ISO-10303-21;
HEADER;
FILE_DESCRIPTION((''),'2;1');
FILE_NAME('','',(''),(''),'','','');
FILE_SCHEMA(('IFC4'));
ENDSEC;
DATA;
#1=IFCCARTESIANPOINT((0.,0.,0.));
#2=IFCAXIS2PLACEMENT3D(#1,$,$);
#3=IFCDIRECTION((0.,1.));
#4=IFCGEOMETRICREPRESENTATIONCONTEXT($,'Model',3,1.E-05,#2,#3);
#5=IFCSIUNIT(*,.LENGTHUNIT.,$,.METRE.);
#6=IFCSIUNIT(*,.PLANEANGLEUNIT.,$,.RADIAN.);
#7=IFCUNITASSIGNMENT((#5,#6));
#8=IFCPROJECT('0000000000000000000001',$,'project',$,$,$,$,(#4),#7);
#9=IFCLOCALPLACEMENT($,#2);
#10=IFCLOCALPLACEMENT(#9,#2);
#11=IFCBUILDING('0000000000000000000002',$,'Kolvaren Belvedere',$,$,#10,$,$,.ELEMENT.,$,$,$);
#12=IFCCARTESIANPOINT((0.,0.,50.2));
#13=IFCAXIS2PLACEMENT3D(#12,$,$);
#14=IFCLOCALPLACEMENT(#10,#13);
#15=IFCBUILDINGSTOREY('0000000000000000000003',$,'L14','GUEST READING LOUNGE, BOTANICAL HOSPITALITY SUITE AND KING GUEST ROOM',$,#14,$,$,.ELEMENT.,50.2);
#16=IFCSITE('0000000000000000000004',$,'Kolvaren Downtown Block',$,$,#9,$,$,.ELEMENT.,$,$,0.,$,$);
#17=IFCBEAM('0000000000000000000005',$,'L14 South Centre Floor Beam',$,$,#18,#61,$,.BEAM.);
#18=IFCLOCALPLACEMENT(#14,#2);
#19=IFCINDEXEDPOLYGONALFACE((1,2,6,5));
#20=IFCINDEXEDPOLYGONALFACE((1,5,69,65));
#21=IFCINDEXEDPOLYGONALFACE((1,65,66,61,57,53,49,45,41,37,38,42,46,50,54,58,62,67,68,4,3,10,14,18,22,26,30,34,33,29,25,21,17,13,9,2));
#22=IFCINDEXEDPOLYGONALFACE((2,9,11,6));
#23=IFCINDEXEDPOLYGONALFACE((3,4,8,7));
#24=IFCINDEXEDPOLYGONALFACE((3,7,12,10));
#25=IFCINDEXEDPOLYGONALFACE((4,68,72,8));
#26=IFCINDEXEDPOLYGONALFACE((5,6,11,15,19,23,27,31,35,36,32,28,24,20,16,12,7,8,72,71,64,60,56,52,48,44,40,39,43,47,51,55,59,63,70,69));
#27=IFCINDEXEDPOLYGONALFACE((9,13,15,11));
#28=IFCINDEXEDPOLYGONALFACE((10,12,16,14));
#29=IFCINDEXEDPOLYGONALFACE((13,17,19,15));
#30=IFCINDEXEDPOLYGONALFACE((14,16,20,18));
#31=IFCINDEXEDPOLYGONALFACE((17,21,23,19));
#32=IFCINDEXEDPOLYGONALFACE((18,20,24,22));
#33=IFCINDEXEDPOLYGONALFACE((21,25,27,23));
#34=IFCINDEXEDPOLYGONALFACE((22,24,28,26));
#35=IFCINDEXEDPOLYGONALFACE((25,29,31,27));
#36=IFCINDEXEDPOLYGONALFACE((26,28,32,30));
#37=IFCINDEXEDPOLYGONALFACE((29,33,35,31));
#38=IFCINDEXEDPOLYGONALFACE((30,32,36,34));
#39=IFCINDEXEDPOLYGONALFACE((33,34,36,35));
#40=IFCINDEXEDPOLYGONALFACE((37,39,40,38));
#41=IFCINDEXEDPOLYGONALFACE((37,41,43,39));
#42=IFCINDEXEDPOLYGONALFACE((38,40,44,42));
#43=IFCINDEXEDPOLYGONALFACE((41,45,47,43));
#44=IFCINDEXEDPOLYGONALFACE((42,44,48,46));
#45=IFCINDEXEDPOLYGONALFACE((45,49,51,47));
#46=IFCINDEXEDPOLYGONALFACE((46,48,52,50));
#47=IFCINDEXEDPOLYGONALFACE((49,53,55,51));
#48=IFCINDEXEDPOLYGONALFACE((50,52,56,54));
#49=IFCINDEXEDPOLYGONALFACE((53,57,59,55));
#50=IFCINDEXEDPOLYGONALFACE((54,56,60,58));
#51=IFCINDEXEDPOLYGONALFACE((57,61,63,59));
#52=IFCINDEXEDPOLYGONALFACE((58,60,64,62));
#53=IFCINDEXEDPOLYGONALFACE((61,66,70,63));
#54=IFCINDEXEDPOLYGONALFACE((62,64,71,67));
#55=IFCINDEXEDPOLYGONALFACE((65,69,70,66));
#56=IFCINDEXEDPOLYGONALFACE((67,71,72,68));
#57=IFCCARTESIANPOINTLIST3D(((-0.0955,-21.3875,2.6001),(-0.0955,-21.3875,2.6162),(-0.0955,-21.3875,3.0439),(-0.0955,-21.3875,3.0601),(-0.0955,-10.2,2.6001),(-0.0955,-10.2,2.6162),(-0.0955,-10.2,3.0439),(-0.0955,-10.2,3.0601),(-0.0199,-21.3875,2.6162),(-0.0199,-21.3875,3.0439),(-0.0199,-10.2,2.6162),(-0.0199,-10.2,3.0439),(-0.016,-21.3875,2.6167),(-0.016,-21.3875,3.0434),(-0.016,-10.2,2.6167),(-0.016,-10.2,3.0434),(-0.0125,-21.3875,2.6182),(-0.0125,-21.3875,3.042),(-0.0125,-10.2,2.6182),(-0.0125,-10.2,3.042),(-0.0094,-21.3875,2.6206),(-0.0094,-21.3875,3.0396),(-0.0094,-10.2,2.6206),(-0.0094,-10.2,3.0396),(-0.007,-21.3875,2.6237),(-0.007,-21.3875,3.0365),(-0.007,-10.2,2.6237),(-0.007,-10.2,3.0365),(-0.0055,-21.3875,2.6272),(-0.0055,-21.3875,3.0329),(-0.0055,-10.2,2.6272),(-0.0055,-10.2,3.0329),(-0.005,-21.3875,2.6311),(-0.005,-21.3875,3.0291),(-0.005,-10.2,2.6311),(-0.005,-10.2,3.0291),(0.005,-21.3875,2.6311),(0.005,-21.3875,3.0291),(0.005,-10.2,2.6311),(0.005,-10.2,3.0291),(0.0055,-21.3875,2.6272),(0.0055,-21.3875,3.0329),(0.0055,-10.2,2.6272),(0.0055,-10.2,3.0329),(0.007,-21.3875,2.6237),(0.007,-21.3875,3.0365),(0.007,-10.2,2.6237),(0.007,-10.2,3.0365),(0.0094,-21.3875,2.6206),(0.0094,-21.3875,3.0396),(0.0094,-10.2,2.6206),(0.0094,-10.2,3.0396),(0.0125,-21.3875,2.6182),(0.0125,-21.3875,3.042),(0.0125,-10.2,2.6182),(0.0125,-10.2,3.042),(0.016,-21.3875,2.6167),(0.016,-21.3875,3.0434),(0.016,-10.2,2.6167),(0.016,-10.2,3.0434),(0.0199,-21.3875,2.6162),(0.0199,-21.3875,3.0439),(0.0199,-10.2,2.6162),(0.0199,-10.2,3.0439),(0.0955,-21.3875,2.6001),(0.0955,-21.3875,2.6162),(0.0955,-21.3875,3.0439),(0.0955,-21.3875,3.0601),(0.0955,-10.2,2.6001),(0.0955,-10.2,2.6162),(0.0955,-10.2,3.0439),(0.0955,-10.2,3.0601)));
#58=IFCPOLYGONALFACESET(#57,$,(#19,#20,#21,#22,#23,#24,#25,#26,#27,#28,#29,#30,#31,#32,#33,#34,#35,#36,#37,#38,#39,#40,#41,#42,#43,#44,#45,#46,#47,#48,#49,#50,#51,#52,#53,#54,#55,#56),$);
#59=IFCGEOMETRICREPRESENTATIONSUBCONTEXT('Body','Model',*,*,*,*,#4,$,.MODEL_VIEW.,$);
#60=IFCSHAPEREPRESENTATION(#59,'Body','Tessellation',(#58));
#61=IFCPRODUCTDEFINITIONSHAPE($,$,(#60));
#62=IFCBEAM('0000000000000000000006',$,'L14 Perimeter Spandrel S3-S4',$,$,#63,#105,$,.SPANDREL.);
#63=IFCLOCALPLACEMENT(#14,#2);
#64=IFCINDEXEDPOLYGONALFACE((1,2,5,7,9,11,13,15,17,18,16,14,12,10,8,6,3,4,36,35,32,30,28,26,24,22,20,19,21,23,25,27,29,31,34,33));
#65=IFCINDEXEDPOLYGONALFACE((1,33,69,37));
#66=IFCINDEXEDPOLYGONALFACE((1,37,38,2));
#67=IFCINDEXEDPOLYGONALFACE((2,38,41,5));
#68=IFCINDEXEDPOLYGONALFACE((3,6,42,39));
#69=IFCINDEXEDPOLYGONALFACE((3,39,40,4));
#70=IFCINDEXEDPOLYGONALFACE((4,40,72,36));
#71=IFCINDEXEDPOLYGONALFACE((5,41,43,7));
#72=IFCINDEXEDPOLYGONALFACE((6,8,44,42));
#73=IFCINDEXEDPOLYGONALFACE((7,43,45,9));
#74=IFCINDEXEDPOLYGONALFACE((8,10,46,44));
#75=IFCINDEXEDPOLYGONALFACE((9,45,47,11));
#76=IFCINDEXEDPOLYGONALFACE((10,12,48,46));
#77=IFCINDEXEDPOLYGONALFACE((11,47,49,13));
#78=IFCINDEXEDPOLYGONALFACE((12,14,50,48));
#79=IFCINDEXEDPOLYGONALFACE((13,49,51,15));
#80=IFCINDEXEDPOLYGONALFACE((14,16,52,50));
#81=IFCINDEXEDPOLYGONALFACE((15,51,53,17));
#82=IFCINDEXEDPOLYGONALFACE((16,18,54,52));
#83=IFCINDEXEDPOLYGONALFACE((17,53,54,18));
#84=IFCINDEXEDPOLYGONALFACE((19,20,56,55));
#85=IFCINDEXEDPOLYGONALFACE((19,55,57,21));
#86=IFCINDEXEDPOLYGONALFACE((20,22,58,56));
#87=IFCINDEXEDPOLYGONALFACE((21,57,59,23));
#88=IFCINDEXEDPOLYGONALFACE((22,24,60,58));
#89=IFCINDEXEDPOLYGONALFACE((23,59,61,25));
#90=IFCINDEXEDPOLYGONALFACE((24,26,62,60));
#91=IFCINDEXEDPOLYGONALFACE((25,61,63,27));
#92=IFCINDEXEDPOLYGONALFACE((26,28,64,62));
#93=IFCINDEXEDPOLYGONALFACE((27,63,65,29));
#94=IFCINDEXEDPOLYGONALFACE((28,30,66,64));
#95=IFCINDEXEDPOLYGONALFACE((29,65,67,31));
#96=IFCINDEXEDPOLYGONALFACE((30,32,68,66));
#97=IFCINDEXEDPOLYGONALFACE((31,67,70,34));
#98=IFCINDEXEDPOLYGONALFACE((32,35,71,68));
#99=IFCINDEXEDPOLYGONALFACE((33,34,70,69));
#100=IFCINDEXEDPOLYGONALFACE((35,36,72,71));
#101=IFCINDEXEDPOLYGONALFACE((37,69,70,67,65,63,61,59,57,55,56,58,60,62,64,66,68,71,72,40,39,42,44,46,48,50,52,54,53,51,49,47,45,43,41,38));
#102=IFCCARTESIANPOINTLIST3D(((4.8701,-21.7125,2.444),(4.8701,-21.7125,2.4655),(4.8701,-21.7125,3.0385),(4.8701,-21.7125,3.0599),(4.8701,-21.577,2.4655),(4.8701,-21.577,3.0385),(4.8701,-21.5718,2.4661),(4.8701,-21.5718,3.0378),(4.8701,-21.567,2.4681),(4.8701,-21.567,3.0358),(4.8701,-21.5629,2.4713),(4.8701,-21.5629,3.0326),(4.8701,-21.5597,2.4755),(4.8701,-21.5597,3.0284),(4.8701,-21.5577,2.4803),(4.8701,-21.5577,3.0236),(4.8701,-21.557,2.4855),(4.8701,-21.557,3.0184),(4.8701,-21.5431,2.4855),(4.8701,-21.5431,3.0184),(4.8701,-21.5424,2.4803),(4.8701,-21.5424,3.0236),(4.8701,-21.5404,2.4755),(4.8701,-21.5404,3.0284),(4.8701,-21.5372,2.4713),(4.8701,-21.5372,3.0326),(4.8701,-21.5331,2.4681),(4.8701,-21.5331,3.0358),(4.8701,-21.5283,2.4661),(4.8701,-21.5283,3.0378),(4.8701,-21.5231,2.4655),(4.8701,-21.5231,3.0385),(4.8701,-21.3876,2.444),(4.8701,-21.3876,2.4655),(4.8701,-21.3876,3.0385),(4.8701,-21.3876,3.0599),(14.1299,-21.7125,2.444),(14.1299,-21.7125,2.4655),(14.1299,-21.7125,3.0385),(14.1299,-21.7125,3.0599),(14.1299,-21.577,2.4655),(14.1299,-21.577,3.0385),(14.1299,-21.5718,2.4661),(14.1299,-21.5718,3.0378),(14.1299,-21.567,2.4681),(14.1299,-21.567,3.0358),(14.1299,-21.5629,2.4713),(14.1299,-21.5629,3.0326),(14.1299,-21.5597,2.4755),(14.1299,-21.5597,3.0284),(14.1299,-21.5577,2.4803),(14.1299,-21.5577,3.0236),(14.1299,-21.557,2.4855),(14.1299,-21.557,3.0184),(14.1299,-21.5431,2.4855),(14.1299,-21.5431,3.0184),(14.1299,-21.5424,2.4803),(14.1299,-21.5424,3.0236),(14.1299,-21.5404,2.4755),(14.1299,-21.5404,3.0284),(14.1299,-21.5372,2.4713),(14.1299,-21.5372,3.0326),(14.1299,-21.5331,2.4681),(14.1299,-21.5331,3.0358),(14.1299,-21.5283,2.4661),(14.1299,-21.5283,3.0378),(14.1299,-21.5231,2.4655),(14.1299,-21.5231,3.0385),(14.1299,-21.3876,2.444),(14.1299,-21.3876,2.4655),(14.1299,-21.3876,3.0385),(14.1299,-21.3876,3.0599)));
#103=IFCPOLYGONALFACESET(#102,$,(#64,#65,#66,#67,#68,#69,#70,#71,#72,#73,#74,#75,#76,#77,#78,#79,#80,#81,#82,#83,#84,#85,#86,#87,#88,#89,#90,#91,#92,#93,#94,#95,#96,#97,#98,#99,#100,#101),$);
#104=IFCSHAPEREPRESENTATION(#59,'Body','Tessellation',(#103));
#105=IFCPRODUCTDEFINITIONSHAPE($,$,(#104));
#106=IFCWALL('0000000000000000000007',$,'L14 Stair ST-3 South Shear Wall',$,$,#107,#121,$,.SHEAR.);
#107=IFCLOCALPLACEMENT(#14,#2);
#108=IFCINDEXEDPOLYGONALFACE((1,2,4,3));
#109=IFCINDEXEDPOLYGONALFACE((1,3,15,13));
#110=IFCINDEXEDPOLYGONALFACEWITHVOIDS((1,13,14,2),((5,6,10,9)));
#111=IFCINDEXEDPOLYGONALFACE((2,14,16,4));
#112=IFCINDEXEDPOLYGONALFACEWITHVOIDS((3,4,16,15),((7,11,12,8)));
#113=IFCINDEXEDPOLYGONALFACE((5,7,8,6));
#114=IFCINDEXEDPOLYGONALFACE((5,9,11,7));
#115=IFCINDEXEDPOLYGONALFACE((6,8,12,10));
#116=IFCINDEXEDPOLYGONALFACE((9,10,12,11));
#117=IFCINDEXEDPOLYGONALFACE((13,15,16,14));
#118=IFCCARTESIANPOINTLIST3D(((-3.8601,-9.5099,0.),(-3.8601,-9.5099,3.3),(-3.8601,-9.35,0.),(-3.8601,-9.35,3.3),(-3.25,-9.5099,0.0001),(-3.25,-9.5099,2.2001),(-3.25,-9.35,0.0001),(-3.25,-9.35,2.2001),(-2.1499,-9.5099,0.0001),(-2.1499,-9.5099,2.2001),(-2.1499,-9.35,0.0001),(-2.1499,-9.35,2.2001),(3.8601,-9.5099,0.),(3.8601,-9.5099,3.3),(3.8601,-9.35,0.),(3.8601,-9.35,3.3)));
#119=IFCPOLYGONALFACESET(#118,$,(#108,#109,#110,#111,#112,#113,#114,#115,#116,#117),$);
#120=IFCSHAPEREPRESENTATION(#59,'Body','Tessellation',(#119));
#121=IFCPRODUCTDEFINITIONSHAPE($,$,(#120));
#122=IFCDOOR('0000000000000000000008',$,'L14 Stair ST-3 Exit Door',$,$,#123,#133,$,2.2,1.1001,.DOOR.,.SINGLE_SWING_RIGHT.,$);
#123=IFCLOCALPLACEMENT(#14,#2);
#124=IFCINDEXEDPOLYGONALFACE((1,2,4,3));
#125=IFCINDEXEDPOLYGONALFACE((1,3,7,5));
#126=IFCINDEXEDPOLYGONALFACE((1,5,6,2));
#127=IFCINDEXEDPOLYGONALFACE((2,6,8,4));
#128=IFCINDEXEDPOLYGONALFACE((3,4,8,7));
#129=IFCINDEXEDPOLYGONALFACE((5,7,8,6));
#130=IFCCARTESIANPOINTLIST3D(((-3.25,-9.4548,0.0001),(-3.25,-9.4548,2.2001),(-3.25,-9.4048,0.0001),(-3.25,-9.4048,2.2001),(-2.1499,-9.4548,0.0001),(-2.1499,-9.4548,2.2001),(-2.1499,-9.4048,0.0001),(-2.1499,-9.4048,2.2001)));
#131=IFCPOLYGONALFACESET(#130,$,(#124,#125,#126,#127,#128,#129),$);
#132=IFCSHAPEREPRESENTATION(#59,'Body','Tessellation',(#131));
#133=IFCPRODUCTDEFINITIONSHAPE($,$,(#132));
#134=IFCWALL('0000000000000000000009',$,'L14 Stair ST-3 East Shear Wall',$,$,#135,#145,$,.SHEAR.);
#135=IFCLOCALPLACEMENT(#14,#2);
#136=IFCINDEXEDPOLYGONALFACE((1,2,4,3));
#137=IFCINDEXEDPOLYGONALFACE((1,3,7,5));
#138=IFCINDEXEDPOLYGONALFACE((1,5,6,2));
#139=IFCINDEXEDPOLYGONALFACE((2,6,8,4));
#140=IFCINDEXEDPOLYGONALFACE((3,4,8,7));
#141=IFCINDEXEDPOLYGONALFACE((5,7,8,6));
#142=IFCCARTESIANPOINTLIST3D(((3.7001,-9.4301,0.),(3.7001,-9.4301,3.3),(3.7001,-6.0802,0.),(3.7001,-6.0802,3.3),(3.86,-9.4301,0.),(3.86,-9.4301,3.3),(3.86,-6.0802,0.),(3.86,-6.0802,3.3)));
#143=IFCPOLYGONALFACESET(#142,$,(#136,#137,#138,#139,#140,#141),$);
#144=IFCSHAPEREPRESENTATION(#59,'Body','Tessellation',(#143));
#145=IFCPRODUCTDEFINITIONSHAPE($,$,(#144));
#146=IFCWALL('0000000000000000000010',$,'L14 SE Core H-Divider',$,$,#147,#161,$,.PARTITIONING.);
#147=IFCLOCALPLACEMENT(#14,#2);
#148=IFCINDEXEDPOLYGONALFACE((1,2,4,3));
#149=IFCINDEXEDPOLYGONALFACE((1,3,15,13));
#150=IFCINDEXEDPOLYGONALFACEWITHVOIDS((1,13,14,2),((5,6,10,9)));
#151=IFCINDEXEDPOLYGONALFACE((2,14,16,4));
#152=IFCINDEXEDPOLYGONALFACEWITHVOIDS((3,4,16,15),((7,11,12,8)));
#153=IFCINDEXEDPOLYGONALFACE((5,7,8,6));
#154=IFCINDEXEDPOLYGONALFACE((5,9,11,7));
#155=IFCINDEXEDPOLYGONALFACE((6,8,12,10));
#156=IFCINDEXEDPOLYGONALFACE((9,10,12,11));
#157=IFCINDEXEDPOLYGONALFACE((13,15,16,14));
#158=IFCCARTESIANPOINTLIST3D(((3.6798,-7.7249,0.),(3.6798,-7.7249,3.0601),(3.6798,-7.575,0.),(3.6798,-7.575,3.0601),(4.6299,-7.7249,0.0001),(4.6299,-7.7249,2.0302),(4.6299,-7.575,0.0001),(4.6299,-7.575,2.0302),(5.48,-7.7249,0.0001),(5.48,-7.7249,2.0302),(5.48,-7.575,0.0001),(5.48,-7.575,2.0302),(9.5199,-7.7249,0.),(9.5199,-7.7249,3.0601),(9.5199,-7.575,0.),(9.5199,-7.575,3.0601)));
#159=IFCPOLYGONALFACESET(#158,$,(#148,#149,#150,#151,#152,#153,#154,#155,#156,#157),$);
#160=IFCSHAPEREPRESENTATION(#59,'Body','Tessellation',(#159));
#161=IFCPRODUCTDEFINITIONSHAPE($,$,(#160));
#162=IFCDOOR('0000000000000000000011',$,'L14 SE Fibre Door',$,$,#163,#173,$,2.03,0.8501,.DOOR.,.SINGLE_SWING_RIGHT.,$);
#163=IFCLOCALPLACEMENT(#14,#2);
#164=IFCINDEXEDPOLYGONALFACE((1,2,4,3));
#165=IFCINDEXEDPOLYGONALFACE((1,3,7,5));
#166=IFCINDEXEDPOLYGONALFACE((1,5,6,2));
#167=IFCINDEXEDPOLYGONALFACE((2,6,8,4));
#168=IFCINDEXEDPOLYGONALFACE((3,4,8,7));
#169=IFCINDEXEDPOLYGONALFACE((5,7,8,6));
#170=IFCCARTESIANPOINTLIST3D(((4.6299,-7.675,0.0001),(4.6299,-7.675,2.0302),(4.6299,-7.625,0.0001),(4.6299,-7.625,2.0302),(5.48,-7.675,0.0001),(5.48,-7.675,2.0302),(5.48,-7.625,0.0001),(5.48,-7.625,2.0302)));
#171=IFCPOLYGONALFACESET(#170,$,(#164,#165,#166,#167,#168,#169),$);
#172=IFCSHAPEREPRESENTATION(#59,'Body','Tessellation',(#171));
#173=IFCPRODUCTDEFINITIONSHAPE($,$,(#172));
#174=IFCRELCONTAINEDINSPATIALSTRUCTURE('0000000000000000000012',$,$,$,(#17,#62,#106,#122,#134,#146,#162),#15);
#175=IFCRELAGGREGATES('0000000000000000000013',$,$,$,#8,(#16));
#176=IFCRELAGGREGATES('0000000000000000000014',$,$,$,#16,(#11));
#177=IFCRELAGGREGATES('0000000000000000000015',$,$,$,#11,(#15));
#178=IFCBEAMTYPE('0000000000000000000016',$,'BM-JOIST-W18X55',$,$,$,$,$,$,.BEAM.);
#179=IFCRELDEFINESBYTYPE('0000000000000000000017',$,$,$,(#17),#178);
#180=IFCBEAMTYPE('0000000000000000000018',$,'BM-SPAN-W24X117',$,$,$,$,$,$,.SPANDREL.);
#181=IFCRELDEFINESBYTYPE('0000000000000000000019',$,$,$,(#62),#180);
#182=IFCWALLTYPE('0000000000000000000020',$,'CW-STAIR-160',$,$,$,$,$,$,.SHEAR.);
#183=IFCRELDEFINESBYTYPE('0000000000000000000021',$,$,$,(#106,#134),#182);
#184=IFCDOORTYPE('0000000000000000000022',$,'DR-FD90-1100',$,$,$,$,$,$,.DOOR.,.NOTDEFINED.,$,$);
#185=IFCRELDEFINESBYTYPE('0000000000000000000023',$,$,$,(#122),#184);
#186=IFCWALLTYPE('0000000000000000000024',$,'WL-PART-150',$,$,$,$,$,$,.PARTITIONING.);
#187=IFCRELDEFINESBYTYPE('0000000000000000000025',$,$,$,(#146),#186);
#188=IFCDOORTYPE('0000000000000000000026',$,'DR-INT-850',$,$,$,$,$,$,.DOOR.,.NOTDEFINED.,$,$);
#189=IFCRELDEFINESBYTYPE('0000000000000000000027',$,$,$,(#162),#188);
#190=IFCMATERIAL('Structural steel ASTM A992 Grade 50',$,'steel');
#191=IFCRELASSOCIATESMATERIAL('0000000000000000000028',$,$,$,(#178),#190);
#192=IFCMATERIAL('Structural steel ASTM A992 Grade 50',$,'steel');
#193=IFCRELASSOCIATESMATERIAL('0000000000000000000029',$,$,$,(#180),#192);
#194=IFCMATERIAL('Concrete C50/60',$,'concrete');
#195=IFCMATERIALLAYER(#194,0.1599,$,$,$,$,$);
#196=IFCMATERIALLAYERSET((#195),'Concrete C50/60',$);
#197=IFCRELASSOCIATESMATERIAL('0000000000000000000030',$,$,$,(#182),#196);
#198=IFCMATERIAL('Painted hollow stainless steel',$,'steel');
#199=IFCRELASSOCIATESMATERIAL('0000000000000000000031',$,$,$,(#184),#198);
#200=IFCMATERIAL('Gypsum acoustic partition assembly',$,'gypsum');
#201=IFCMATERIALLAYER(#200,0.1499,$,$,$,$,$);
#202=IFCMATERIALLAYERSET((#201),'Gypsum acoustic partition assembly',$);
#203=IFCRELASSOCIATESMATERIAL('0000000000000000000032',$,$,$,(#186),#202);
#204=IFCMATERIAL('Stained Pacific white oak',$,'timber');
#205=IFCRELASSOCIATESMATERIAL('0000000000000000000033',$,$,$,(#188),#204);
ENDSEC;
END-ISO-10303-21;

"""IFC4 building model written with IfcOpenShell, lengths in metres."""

from ifc_helpers import new_model, si_unit, direction, frame, frame_2d, origin, origin_2d, place, context, subcontext, project, spatial, rectangle, i_section, extrude, material, layer, layer_set, material_profile, profile_set, type_object, element, fill, save


model = new_model("IFC4")

# Units and contexts
model_context = context("Model", 3, precision=1e-05, world=origin(), true_north=direction((0.0, 1.0)))
body_context = subcontext(model_context, "Body", "Model", "MODEL_VIEW")
ifc_project = project(units=[si_unit("LENGTHUNIT", "METRE"), si_unit("PLANEANGLEUNIT", "RADIAN")], contexts=[model_context])

# Site, building, storey
site_placement = place(None, origin())
site = spatial("IfcSite", under=ifc_project, at=site_placement, Name="Kolvaren Downtown Block", CompositionType="ELEMENT", RefElevation=0.0)
building_placement = place(site_placement, origin())
building = spatial("IfcBuilding", under=site, at=building_placement, Name="Kolvaren Belvedere", CompositionType="ELEMENT")
storey_placement = place(building_placement, frame((0.0, 0.0, 50.2)))
storey = spatial("IfcBuildingStorey", under=building, at=storey_placement, Name="L14", Description="GUEST READING LOUNGE, BOTANICAL HOSPITALITY SUITE AND KING GUEST ROOM", CompositionType="ELEMENT", Elevation=50.2)

# Beams
ifc_material_1 = material(Name="Structural steel ASTM A992 Grade 50", Category="steel")
ifc_material_profile_1 = material_profile(ifc_material_1, i_section(OverallWidth=0.1909, OverallDepth=0.46, WebThickness=0.01, FlangeThickness=0.0161, FilletRadius=0.0149, at=origin_2d()), Name="W18X55")
ifc_profile_set_1 = profile_set([ifc_material_profile_1], Name="Structural steel ASTM A992 Grade 50")
beam_type_1 = type_object("IfcBeamType", Name="BM-JOIST-W18X55", PredefinedType="BEAM", material=ifc_profile_set_1)
beam_1_placement = place(storey_placement, frame((0.0, -10.2, 2.8301), z_axis=(0.0, -1.0, 0.0), x_axis=(1.0, 0.0, 0.0)))
element("IfcBeam", 1, at=beam_1_placement, inside=storey, type_object=beam_type_1, Name="L14 South Centre Floor Beam", PredefinedType="BEAM", context=body_context, shape_type="SweptSolid", body=[
    extrude(i_section(OverallWidth=0.1909, OverallDepth=0.46, WebThickness=0.01, FlangeThickness=0.0161, FilletRadius=0.0149, at=origin_2d()), origin(), (0.0, 0.0, 1.0), 11.1875),
])
ifc_material_2 = material(Name="Structural steel ASTM A992 Grade 50", Category="steel")
ifc_material_profile_2 = material_profile(ifc_material_2, i_section(OverallWidth=0.325, OverallDepth=0.616, WebThickness=0.0139, FlangeThickness=0.0215, FilletRadius=0.02, at=origin_2d()), Name="W24X117")
ifc_profile_set_2 = profile_set([ifc_material_profile_2], Name="Structural steel ASTM A992 Grade 50")
beam_type_2 = type_object("IfcBeamType", Name="BM-SPAN-W24X117", PredefinedType="SPANDREL", material=ifc_profile_set_2)
beam_2_placement = place(storey_placement, frame((4.8701, -21.55, 2.752), z_axis=(1.0, 0.0, 0.0), x_axis=(0.0, 1.0, 0.0)))
element("IfcBeam", 2, at=beam_2_placement, inside=storey, type_object=beam_type_2, Name="L14 Perimeter Spandrel S3-S4", PredefinedType="SPANDREL", context=body_context, shape_type="SweptSolid", body=[
    extrude(i_section(OverallWidth=0.325, OverallDepth=0.616, WebThickness=0.0139, FlangeThickness=0.0215, FilletRadius=0.02, at=origin_2d()), origin(), (0.0, 0.0, 1.0), 9.2598),
])

# Wall, opening, door
ifc_material_3 = material(Name="Concrete C50/60", Category="concrete")
ifc_layer_1 = layer(ifc_material_3, 0.1599)
ifc_layer_set_1 = layer_set([ifc_layer_1], Name="Concrete C50/60")
wall_type_1 = type_object("IfcWallType", Name="CW-STAIR-160", PredefinedType="SHEAR", material=ifc_layer_set_1)
wall_1_placement = place(storey_placement, frame((3.8601, -9.4299, 0.0), z_axis=(0.0, 0.0, 1.0), x_axis=(-1.0, 0.0, 0.0)))
wall_1 = element("IfcWall", 3, at=wall_1_placement, inside=storey, type_object=wall_type_1, Name="L14 Stair ST-3 South Shear Wall", PredefinedType="SHEAR", context=body_context, shape_type="SweptSolid", body=[
    extrude(rectangle(XDim=7.7202, YDim=0.1599, at=frame_2d((3.8601, 0.0))), origin(), (0.0, 0.0, 1.0), 3.3),
])
opening_1_placement = place(wall_1_placement, frame((6.01, 0.0, 0.0)))
opening_1 = element("IfcOpeningElement", 4, at=opening_1_placement, cuts=wall_1, PredefinedType="OPENING", context=body_context, shape_type="SweptSolid", body=[
    extrude(rectangle(XDim=1.1001, YDim=2.2, at=frame_2d((0.55, 1.1001))), frame((0.0, 0.0898, 0.0), z_axis=(0.0, -1.0, 0.0), x_axis=(1.0, 0.0, 0.0)), (0.0, 0.0, 1.0), 0.1799),
])
ifc_material_4 = material(Name="Painted hollow stainless steel", Category="steel")
door_type_1 = type_object("IfcDoorType", Name="DR-FD90-1100", OperationType="NOTDEFINED", PredefinedType="DOOR", material=ifc_material_4)
door_1_placement = place(opening_1_placement, origin())
door_1 = element("IfcDoor", 5, at=door_1_placement, inside=storey, type_object=door_type_1, Name="L14 Stair ST-3 Exit Door", OperationType="SINGLE_SWING_RIGHT", OverallHeight=2.2, OverallWidth=1.1001, PredefinedType="DOOR", context=body_context, shape_type="SweptSolid", body=[
    extrude(rectangle(XDim=1.1001, YDim=2.2, at=frame_2d((0.55, 1.1001))), frame((0.0, 0.0249, 0.0), z_axis=(0.0, -1.0, 0.0), x_axis=(1.0, 0.0, 0.0)), (0.0, 0.0, 1.0), 0.05),
])
fill(opening_1, door_1)

# Wall
wall_2_placement = place(storey_placement, frame((3.78, -9.4299, 0.0), z_axis=(0.0, 0.0, 1.0), x_axis=(0.0, 1.0, 0.0)))
element("IfcWall", 6, at=wall_2_placement, inside=storey, type_object=wall_type_1, Name="L14 Stair ST-3 East Shear Wall", PredefinedType="SHEAR", context=body_context, shape_type="SweptSolid", body=[
    extrude(rectangle(XDim=3.3499, YDim=0.1599, at=frame_2d((1.6748, 0.0))), origin(), (0.0, 0.0, 1.0), 3.3),
])

# Wall, opening, door
ifc_material_5 = material(Name="Gypsum acoustic partition assembly", Category="gypsum")
ifc_layer_2 = layer(ifc_material_5, 0.1499)
ifc_layer_set_2 = layer_set([ifc_layer_2], Name="Gypsum acoustic partition assembly")
wall_type_2 = type_object("IfcWallType", Name="WL-PART-150", PredefinedType="PARTITIONING", material=ifc_layer_set_2)
wall_3_placement = place(storey_placement, frame((3.6799, -7.6499, 0.0), z_axis=(0.0, 0.0, 1.0), x_axis=(1.0, 0.0, 0.0)))
wall_3 = element("IfcWall", 7, at=wall_3_placement, inside=storey, type_object=wall_type_2, Name="L14 SE Core H-Divider", PredefinedType="PARTITIONING", context=body_context, shape_type="SweptSolid", body=[
    extrude(rectangle(XDim=5.8401, YDim=0.1499, at=frame_2d((2.9199, 0.0))), origin(), (0.0, 0.0, 1.0), 3.0601),
])
opening_2_placement = place(wall_3_placement, frame((0.95, 0.0, 0.0)))
opening_2 = element("IfcOpeningElement", 8, at=opening_2_placement, cuts=wall_3, PredefinedType="OPENING", context=body_context, shape_type="SweptSolid", body=[
    extrude(rectangle(XDim=0.8501, YDim=2.03, at=frame_2d((0.425, 1.0151))), frame((0.0, 0.085, 0.0), z_axis=(0.0, -1.0, 0.0), x_axis=(1.0, 0.0, 0.0)), (0.0, 0.0, 1.0), 0.1699),
])
ifc_material_6 = material(Name="Stained Pacific white oak", Category="timber")
door_type_2 = type_object("IfcDoorType", Name="DR-INT-850", OperationType="NOTDEFINED", PredefinedType="DOOR", material=ifc_material_6)
door_2_placement = place(opening_2_placement, origin())
door_2 = element("IfcDoor", 9, at=door_2_placement, inside=storey, type_object=door_type_2, Name="L14 SE Fibre Door", OperationType="SINGLE_SWING_RIGHT", OverallHeight=2.03, OverallWidth=0.8501, PredefinedType="DOOR", context=body_context, shape_type="SweptSolid", body=[
    extrude(rectangle(XDim=0.8501, YDim=2.03, at=frame_2d((0.425, 1.0151))), frame((0.0, 0.0249, 0.0), z_axis=(0.0, -1.0, 0.0), x_axis=(1.0, 0.0, 0.0)), (0.0, 0.0, 1.0), 0.05),
])
fill(opening_2, door_2)

save(model, "model.ifc")
